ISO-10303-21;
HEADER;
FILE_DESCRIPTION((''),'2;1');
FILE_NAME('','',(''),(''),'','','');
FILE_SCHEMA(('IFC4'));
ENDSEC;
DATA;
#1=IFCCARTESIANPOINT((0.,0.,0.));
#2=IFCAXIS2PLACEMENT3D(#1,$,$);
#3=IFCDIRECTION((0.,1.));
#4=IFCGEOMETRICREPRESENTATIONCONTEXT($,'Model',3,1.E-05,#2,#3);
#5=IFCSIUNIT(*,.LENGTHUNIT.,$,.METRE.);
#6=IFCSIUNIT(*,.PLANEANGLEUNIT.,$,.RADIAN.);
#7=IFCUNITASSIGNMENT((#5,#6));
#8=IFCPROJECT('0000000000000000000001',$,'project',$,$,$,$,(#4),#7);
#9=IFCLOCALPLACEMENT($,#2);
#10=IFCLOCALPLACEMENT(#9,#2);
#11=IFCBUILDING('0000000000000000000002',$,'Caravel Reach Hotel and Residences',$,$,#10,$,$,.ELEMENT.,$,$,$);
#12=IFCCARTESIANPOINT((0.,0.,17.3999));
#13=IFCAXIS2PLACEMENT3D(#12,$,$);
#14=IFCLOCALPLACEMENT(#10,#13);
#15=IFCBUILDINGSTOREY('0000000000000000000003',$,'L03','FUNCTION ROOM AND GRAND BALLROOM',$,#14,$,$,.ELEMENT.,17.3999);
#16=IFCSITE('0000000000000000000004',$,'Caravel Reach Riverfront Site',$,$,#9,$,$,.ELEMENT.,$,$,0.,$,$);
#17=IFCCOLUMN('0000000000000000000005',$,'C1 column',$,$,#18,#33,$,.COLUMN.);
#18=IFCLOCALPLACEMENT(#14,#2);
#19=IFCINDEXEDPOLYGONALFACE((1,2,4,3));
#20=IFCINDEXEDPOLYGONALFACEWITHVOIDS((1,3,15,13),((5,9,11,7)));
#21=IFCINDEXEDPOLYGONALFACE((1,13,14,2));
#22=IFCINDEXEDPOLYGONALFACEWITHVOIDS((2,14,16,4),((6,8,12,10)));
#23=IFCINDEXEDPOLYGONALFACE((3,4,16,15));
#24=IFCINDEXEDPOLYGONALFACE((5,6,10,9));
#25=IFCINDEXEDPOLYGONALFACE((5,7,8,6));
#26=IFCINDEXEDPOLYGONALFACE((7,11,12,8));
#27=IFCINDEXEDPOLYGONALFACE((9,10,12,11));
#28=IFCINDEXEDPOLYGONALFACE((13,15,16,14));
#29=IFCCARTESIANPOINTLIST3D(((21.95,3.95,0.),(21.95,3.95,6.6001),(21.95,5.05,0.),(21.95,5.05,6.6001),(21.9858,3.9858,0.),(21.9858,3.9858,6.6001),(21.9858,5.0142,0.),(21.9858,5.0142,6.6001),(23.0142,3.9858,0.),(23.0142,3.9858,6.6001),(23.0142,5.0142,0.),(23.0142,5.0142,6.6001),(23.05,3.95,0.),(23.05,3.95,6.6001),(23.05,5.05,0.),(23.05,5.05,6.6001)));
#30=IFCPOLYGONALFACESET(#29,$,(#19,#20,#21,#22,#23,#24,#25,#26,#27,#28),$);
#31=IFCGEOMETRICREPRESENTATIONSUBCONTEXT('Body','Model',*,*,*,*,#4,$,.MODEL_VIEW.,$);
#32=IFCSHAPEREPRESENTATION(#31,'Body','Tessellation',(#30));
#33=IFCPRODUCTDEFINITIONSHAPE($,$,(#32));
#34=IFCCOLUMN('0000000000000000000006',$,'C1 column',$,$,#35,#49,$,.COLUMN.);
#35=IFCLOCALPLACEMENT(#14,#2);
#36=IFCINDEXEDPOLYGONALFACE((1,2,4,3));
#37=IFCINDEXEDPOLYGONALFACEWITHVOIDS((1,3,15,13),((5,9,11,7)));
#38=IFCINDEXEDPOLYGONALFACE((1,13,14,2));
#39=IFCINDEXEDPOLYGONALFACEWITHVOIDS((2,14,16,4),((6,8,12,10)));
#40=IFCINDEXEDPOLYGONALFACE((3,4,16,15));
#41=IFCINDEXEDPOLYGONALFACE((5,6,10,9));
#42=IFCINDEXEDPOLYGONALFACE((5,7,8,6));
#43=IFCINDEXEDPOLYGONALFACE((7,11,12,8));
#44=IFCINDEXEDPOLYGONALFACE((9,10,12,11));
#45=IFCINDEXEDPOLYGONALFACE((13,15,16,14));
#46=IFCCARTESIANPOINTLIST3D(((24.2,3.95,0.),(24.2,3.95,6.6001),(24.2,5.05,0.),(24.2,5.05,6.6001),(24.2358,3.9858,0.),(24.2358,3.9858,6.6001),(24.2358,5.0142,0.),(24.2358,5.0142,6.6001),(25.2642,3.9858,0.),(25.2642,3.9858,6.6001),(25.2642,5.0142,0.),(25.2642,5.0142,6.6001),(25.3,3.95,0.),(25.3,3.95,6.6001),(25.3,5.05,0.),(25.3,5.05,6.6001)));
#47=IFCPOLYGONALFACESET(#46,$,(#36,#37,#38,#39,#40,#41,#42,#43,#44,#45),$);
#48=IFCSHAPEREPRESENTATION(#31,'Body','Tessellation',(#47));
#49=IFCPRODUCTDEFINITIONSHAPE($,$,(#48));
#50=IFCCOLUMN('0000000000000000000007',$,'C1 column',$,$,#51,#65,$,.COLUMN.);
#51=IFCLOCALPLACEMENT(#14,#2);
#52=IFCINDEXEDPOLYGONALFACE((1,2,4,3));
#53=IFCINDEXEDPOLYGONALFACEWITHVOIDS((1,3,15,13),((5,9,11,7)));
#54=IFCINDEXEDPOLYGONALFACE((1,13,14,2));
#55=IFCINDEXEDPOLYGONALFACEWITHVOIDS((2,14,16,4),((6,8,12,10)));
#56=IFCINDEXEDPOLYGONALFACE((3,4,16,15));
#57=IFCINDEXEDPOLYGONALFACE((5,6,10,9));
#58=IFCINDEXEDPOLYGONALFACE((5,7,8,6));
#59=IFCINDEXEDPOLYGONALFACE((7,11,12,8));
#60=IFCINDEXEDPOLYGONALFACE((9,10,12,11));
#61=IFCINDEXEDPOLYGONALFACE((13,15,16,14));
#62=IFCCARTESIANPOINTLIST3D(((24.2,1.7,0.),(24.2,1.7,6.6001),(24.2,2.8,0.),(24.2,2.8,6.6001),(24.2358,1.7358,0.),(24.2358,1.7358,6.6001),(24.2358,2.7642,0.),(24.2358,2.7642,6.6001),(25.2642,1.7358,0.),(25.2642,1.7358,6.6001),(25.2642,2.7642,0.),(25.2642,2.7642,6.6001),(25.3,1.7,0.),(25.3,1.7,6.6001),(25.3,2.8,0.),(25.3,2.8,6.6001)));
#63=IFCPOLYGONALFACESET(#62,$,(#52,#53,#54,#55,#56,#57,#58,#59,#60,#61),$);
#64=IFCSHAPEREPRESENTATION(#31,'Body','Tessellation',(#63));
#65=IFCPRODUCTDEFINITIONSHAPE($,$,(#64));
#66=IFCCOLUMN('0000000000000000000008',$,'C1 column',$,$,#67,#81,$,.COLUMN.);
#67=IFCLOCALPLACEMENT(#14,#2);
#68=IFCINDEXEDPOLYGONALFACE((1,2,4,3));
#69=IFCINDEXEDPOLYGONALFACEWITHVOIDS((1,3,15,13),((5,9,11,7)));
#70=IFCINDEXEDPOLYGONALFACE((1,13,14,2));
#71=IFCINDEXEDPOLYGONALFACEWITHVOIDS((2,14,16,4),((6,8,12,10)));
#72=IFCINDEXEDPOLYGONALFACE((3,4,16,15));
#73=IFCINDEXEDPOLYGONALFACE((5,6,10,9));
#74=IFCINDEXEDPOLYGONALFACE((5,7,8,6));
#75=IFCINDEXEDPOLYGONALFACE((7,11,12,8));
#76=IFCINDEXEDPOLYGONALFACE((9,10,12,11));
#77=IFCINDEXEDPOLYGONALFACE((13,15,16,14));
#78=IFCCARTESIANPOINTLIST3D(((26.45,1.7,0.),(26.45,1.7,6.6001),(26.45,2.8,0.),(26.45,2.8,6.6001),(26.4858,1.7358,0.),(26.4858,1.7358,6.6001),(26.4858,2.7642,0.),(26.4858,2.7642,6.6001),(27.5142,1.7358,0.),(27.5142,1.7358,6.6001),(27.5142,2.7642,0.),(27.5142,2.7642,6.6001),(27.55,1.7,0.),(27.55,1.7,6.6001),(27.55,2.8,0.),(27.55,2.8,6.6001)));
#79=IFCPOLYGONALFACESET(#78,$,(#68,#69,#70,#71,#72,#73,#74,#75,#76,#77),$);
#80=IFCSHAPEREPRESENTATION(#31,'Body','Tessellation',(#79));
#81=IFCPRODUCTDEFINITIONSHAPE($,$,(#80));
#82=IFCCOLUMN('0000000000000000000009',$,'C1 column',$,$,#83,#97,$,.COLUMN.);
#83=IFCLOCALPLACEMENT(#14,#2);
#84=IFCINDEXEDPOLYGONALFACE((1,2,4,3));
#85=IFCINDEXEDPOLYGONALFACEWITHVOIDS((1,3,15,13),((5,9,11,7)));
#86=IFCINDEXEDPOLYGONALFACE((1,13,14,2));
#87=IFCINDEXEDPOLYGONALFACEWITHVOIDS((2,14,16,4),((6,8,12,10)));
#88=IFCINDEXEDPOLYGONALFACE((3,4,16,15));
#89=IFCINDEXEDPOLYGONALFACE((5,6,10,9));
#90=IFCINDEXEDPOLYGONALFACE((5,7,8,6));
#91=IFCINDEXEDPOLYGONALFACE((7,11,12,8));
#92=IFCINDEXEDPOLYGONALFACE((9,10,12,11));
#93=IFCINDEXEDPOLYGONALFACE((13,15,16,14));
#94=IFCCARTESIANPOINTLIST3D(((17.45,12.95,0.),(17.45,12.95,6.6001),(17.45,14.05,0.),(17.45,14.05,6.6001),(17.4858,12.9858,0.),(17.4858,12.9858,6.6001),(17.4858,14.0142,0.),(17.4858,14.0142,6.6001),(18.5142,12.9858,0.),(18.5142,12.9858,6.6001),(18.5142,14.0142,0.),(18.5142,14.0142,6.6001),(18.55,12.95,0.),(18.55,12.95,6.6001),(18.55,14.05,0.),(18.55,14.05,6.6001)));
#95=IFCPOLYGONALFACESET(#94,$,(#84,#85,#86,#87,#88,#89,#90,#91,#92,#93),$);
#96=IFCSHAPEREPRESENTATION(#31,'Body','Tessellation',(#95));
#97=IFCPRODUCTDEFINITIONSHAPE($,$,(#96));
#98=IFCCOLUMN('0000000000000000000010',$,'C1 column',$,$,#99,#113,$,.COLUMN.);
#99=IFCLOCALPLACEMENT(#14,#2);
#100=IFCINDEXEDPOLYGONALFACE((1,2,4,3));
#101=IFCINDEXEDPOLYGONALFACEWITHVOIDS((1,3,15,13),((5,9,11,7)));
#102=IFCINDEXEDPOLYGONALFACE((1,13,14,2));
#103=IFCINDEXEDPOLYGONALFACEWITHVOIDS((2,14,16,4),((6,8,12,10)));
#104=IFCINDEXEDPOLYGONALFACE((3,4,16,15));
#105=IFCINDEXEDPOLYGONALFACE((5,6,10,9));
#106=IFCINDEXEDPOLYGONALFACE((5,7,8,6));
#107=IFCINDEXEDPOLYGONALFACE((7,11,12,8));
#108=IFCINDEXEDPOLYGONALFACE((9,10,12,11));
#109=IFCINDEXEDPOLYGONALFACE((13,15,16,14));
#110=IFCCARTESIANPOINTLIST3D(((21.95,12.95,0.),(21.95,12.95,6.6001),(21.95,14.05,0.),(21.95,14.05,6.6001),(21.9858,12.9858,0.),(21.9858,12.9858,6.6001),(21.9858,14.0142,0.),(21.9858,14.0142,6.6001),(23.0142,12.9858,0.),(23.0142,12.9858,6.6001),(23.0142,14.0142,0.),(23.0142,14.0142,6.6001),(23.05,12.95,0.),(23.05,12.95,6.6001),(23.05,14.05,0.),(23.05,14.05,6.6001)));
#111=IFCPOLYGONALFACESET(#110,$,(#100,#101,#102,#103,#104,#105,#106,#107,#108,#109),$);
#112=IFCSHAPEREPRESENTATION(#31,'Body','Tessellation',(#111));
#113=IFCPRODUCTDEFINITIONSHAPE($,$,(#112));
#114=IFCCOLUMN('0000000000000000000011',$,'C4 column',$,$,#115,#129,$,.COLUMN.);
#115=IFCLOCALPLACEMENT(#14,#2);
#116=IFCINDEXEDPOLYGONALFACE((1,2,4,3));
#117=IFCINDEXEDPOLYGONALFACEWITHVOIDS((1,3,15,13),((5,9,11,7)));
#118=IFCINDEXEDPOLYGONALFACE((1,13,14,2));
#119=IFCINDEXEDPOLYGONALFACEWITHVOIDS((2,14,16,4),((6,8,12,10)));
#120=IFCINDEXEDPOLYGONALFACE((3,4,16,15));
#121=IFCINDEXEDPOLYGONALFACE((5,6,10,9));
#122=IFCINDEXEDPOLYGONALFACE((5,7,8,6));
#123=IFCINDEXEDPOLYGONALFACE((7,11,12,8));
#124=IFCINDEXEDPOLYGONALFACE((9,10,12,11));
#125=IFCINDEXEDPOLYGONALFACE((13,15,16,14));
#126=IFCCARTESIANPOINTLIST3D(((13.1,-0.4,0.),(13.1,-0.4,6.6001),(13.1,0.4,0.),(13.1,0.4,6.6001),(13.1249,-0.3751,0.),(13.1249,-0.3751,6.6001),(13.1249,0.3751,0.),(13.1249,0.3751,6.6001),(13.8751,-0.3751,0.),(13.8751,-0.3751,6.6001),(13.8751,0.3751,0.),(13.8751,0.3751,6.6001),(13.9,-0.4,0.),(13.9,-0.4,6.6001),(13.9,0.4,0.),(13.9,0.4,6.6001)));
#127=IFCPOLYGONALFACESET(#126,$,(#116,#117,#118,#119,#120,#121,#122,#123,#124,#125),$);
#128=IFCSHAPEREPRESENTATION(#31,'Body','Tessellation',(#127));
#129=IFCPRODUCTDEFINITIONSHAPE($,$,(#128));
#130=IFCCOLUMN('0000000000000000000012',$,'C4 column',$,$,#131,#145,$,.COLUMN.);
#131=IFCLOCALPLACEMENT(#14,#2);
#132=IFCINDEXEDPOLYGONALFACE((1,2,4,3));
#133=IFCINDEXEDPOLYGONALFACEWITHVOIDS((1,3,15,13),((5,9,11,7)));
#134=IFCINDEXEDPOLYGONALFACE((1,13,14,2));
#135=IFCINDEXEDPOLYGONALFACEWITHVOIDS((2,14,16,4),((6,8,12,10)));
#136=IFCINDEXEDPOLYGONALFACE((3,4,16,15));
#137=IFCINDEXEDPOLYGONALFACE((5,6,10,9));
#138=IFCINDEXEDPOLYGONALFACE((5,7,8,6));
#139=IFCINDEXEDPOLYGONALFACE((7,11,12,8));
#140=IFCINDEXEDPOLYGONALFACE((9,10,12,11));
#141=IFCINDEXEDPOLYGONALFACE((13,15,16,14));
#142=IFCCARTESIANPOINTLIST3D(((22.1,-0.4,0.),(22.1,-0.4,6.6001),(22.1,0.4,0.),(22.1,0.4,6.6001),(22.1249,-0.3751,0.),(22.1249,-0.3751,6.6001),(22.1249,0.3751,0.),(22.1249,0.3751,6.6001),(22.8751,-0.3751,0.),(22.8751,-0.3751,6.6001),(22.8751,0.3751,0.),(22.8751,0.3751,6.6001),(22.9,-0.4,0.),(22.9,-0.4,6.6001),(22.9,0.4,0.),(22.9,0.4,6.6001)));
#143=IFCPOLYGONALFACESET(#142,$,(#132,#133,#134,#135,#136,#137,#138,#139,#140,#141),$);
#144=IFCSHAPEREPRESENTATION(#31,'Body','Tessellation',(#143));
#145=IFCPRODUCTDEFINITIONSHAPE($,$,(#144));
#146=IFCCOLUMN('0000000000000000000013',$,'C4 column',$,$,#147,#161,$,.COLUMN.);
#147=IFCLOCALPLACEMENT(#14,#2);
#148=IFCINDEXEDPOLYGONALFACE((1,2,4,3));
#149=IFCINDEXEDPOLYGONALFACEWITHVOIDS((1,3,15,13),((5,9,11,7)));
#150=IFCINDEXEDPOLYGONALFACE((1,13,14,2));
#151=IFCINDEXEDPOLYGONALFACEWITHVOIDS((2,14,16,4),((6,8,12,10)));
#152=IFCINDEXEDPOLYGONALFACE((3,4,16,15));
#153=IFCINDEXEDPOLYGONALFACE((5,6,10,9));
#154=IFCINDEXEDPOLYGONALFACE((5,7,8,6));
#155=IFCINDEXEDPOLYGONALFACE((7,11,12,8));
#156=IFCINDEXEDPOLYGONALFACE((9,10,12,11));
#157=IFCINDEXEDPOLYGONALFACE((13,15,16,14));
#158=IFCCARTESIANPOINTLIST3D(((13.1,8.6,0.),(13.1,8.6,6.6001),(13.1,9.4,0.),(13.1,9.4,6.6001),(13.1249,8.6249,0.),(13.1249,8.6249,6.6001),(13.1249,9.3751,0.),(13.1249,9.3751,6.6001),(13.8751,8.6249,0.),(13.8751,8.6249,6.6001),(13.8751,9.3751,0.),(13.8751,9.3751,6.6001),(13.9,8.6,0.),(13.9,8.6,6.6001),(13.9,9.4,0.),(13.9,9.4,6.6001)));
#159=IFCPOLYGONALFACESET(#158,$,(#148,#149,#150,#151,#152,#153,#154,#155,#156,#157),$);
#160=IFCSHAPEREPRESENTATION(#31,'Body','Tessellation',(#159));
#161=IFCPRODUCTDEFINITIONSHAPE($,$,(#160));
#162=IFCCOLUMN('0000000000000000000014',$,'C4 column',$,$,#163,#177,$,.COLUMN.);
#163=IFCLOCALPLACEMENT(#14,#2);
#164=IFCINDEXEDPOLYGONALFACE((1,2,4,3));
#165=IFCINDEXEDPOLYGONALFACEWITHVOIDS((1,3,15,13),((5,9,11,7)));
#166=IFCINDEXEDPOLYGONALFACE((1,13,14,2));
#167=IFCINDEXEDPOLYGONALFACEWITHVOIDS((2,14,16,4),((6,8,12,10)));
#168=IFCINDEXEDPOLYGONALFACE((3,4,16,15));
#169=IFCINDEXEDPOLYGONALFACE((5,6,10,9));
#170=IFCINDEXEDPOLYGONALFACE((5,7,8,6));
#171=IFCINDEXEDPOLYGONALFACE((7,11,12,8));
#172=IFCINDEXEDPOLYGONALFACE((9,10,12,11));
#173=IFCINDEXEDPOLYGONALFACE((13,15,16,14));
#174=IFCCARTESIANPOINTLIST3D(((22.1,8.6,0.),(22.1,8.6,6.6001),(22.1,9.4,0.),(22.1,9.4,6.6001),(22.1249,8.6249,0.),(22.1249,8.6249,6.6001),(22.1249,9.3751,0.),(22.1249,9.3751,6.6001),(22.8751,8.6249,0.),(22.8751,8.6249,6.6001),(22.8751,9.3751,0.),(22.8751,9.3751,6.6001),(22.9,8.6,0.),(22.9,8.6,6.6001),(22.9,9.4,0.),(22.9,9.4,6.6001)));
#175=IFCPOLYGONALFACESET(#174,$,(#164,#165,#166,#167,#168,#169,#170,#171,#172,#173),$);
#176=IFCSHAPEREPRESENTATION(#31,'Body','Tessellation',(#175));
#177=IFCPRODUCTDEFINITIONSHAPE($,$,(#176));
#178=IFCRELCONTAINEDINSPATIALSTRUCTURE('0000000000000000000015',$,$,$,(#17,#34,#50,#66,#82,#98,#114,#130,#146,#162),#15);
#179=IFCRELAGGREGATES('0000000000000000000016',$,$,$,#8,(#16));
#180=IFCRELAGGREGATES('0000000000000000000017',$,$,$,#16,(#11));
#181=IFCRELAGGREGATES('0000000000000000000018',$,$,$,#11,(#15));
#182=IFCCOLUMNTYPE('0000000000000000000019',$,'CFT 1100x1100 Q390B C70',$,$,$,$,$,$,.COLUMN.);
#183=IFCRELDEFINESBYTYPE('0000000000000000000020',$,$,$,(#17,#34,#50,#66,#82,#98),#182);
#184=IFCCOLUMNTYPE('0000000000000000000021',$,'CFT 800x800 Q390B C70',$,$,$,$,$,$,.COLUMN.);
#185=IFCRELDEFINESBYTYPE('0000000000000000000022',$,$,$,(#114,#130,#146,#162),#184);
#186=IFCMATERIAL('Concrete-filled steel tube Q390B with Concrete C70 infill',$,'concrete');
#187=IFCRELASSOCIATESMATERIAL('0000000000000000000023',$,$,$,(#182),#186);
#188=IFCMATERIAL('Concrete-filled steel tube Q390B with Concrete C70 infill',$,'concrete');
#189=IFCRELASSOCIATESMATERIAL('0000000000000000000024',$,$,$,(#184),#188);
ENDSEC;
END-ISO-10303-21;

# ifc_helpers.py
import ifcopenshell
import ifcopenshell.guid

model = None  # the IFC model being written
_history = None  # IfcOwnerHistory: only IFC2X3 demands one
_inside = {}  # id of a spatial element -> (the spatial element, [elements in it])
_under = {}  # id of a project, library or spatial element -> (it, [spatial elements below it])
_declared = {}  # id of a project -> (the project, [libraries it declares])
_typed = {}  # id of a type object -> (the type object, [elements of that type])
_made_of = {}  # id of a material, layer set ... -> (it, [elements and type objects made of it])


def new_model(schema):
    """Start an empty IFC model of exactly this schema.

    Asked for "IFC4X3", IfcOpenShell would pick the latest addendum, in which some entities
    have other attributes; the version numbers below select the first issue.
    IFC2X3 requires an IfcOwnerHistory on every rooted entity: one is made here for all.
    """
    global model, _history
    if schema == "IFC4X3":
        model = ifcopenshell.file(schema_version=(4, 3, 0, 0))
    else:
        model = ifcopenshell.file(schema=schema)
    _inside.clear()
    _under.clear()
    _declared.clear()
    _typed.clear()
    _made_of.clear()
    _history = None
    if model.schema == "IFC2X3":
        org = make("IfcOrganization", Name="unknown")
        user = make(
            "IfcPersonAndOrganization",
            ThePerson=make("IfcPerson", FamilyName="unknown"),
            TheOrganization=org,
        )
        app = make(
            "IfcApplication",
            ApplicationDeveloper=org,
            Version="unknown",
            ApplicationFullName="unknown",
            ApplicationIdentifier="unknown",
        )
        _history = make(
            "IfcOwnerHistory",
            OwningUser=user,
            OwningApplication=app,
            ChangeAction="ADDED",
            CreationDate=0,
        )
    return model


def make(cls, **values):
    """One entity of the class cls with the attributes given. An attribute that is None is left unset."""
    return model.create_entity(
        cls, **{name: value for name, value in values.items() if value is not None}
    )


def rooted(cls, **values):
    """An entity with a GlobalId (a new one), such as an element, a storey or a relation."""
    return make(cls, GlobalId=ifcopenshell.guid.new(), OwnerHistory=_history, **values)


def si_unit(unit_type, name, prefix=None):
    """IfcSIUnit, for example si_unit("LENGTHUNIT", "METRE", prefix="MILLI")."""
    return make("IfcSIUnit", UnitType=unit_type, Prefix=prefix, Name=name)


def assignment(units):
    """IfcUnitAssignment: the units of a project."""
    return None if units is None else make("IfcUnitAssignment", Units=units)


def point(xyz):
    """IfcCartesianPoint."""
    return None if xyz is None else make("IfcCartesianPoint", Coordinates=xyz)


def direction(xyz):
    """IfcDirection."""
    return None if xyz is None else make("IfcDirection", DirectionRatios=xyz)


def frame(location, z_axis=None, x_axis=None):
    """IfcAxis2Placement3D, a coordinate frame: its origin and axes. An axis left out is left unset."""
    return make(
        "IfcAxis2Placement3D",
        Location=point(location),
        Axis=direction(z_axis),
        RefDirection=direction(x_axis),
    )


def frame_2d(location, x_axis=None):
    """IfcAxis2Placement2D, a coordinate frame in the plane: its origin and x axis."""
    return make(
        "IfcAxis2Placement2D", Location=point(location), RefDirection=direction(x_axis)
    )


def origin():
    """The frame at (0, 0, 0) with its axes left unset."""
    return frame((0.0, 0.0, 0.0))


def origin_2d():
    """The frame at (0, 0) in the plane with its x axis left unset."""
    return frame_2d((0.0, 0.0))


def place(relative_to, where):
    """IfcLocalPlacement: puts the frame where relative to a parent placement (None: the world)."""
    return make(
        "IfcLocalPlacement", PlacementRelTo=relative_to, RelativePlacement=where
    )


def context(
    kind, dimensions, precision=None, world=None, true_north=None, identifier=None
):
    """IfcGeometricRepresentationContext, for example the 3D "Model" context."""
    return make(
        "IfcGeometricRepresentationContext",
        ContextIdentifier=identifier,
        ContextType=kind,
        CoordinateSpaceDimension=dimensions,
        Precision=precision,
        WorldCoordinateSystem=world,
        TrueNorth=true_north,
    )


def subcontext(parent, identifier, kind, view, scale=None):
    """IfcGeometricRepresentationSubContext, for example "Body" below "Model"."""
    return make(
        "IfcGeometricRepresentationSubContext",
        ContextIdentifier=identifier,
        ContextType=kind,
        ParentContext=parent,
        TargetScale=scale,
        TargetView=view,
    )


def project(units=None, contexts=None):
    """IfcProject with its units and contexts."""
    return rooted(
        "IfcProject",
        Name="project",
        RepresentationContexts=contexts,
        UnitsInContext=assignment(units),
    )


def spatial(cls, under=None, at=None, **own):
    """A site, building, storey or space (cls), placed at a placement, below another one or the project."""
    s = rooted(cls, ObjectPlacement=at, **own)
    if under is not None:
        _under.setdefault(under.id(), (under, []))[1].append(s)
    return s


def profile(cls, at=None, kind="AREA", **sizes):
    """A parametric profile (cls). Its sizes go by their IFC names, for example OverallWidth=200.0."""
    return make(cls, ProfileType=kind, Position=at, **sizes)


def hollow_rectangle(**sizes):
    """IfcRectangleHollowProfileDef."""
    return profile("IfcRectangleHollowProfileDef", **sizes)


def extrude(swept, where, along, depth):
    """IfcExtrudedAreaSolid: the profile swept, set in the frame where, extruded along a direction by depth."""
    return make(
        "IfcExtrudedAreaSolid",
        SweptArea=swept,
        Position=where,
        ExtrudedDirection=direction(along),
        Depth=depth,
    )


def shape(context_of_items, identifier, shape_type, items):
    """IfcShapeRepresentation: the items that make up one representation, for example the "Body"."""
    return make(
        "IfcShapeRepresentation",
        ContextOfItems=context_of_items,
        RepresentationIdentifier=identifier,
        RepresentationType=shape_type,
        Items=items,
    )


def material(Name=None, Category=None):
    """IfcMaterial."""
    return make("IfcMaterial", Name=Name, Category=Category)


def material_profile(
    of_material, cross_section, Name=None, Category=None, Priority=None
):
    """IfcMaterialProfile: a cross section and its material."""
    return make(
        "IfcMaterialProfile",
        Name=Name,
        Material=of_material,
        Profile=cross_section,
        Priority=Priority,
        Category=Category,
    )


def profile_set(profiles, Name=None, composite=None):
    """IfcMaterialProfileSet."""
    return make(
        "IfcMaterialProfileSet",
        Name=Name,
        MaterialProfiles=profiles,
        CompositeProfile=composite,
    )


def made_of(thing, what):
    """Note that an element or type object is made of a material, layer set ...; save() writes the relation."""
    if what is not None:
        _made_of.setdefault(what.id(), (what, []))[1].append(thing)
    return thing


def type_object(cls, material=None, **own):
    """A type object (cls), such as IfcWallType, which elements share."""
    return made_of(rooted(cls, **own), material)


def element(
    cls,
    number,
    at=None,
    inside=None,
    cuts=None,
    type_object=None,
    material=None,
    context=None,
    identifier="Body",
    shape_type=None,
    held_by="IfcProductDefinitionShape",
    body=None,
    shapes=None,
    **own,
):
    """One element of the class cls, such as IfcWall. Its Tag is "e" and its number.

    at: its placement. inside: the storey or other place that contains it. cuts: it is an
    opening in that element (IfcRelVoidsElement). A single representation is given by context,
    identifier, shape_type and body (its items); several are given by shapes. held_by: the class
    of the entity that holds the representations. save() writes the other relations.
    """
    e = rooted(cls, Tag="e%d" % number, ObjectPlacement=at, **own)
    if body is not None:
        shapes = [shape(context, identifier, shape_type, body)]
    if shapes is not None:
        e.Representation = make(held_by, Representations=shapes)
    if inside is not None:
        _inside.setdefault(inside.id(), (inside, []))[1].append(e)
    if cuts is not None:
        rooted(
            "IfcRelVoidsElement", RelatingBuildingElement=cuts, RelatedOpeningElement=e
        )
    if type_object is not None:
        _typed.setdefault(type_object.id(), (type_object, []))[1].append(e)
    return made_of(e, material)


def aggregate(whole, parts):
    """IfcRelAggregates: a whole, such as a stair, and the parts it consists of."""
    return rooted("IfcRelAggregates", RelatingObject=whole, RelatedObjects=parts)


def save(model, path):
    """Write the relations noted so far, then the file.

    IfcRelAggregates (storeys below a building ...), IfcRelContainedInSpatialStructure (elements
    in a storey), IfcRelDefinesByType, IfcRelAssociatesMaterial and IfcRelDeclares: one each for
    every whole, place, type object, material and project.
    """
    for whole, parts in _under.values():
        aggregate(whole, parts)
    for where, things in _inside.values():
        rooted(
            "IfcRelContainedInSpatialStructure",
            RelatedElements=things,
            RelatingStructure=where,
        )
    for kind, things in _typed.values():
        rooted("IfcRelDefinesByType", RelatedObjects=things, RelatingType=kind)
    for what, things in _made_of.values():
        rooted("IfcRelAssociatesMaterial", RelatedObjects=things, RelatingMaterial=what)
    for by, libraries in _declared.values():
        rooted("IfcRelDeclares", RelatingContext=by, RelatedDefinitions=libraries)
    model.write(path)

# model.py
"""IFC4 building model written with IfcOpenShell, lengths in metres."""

from ifc_helpers import new_model, si_unit, direction, frame, origin, origin_2d, place, context, subcontext, project, spatial, hollow_rectangle, extrude, material, material_profile, profile_set, type_object, element, save


model = new_model("IFC4")

# Units and contexts
model_context = context("Model", 3, precision=1e-05, world=origin(), true_north=direction((0.0, 1.0)))
body_context = subcontext(model_context, "Body", "Model", "MODEL_VIEW")
ifc_project = project(units=[si_unit("LENGTHUNIT", "METRE"), si_unit("PLANEANGLEUNIT", "RADIAN")], contexts=[model_context])

# Site, building, storey
site_placement = place(None, origin())
site = spatial("IfcSite", under=ifc_project, at=site_placement, Name="Caravel Reach Riverfront Site", CompositionType="ELEMENT", RefElevation=0.0)
building_placement = place(site_placement, origin())
building = spatial("IfcBuilding", under=site, at=building_placement, Name="Caravel Reach Hotel and Residences", CompositionType="ELEMENT")
storey_placement = place(building_placement, frame((0.0, 0.0, 17.3999)))
storey = spatial("IfcBuildingStorey", under=building, at=storey_placement, Name="L03", Description="FUNCTION ROOM AND GRAND BALLROOM", CompositionType="ELEMENT", Elevation=17.3999)

# Columns
ifc_material_1 = material(Name="Concrete-filled steel tube Q390B with Concrete C70 infill", Category="concrete")
ifc_material_profile_1 = material_profile(ifc_material_1, hollow_rectangle(XDim=1.1001, YDim=1.1001, WallThickness=0.0359, at=origin_2d()), Name="RHS 1100x1100x36")
ifc_profile_set_1 = profile_set([ifc_material_profile_1], Name="Concrete-filled steel tube Q390B with Concrete C70 infill")
column_type_1 = type_object("IfcColumnType", Name="CFT 1100x1100 Q390B C70", PredefinedType="COLUMN", material=ifc_profile_set_1)
for number, where, z_axis, x_axis, name in (
    (1, (22.5, 4.5, 0.0), (0.0, 0.0, 1.0), (1.0, 0.0, 0.0), "C1 column"),
    (2, (24.75, 4.5, 0.0), (0.0, 0.0, 1.0), (1.0, 0.0, 0.0), "C1 column"),
    (3, (24.75, 2.25, 0.0), (0.0, 0.0, 1.0), (1.0, 0.0, 0.0), "C1 column"),
    (4, (27.0, 2.25, 0.0), (0.0, 0.0, 1.0), (1.0, 0.0, 0.0), "C1 column"),
    (5, (18.0, 13.5, 0.0), (0.0, 0.0, 1.0), (1.0, 0.0, 0.0), "C1 column"),
    (6, (22.5, 13.5, 0.0), (0.0, 0.0, 1.0), (1.0, 0.0, 0.0), "C1 column"),
):
    element("IfcColumn", number, at=place(storey_placement, frame(where, z_axis=z_axis, x_axis=x_axis)), inside=storey, type_object=column_type_1, Name=name, PredefinedType="COLUMN", context=body_context, shape_type="SweptSolid", body=[
        extrude(hollow_rectangle(XDim=1.1001, YDim=1.1001, WallThickness=0.0359, at=origin_2d()), origin(), (0.0, 0.0, 1.0), 6.6001),
    ])
ifc_material_2 = material(Name="Concrete-filled steel tube Q390B with Concrete C70 infill", Category="concrete")
ifc_material_profile_2 = material_profile(ifc_material_2, hollow_rectangle(XDim=0.8, YDim=0.8, WallThickness=0.0249, at=origin_2d()), Name="RHS 800x800x25")
ifc_profile_set_2 = profile_set([ifc_material_profile_2], Name="Concrete-filled steel tube Q390B with Concrete C70 infill")
column_type_2 = type_object("IfcColumnType", Name="CFT 800x800 Q390B C70", PredefinedType="COLUMN", material=ifc_profile_set_2)
for number, where, z_axis, x_axis, name in (
    (7, (13.5, 0.0, 0.0), (0.0, 0.0, 1.0), (1.0, 0.0, 0.0), "C4 column"),
    (8, (22.5, 0.0, 0.0), (0.0, 0.0, 1.0), (1.0, 0.0, 0.0), "C4 column"),
    (9, (13.5, 9.0, 0.0), (0.0, 0.0, 1.0), (1.0, 0.0, 0.0), "C4 column"),
    (10, (22.5, 9.0, 0.0), (0.0, 0.0, 1.0), (1.0, 0.0, 0.0), "C4 column"),
):
    element("IfcColumn", number, at=place(storey_placement, frame(where, z_axis=z_axis, x_axis=x_axis)), inside=storey, type_object=column_type_2, Name=name, PredefinedType="COLUMN", context=body_context, shape_type="SweptSolid", body=[
        extrude(hollow_rectangle(XDim=0.8, YDim=0.8, WallThickness=0.0249, at=origin_2d()), origin(), (0.0, 0.0, 1.0), 6.6001),
    ])

save(model, "model.ifc")
